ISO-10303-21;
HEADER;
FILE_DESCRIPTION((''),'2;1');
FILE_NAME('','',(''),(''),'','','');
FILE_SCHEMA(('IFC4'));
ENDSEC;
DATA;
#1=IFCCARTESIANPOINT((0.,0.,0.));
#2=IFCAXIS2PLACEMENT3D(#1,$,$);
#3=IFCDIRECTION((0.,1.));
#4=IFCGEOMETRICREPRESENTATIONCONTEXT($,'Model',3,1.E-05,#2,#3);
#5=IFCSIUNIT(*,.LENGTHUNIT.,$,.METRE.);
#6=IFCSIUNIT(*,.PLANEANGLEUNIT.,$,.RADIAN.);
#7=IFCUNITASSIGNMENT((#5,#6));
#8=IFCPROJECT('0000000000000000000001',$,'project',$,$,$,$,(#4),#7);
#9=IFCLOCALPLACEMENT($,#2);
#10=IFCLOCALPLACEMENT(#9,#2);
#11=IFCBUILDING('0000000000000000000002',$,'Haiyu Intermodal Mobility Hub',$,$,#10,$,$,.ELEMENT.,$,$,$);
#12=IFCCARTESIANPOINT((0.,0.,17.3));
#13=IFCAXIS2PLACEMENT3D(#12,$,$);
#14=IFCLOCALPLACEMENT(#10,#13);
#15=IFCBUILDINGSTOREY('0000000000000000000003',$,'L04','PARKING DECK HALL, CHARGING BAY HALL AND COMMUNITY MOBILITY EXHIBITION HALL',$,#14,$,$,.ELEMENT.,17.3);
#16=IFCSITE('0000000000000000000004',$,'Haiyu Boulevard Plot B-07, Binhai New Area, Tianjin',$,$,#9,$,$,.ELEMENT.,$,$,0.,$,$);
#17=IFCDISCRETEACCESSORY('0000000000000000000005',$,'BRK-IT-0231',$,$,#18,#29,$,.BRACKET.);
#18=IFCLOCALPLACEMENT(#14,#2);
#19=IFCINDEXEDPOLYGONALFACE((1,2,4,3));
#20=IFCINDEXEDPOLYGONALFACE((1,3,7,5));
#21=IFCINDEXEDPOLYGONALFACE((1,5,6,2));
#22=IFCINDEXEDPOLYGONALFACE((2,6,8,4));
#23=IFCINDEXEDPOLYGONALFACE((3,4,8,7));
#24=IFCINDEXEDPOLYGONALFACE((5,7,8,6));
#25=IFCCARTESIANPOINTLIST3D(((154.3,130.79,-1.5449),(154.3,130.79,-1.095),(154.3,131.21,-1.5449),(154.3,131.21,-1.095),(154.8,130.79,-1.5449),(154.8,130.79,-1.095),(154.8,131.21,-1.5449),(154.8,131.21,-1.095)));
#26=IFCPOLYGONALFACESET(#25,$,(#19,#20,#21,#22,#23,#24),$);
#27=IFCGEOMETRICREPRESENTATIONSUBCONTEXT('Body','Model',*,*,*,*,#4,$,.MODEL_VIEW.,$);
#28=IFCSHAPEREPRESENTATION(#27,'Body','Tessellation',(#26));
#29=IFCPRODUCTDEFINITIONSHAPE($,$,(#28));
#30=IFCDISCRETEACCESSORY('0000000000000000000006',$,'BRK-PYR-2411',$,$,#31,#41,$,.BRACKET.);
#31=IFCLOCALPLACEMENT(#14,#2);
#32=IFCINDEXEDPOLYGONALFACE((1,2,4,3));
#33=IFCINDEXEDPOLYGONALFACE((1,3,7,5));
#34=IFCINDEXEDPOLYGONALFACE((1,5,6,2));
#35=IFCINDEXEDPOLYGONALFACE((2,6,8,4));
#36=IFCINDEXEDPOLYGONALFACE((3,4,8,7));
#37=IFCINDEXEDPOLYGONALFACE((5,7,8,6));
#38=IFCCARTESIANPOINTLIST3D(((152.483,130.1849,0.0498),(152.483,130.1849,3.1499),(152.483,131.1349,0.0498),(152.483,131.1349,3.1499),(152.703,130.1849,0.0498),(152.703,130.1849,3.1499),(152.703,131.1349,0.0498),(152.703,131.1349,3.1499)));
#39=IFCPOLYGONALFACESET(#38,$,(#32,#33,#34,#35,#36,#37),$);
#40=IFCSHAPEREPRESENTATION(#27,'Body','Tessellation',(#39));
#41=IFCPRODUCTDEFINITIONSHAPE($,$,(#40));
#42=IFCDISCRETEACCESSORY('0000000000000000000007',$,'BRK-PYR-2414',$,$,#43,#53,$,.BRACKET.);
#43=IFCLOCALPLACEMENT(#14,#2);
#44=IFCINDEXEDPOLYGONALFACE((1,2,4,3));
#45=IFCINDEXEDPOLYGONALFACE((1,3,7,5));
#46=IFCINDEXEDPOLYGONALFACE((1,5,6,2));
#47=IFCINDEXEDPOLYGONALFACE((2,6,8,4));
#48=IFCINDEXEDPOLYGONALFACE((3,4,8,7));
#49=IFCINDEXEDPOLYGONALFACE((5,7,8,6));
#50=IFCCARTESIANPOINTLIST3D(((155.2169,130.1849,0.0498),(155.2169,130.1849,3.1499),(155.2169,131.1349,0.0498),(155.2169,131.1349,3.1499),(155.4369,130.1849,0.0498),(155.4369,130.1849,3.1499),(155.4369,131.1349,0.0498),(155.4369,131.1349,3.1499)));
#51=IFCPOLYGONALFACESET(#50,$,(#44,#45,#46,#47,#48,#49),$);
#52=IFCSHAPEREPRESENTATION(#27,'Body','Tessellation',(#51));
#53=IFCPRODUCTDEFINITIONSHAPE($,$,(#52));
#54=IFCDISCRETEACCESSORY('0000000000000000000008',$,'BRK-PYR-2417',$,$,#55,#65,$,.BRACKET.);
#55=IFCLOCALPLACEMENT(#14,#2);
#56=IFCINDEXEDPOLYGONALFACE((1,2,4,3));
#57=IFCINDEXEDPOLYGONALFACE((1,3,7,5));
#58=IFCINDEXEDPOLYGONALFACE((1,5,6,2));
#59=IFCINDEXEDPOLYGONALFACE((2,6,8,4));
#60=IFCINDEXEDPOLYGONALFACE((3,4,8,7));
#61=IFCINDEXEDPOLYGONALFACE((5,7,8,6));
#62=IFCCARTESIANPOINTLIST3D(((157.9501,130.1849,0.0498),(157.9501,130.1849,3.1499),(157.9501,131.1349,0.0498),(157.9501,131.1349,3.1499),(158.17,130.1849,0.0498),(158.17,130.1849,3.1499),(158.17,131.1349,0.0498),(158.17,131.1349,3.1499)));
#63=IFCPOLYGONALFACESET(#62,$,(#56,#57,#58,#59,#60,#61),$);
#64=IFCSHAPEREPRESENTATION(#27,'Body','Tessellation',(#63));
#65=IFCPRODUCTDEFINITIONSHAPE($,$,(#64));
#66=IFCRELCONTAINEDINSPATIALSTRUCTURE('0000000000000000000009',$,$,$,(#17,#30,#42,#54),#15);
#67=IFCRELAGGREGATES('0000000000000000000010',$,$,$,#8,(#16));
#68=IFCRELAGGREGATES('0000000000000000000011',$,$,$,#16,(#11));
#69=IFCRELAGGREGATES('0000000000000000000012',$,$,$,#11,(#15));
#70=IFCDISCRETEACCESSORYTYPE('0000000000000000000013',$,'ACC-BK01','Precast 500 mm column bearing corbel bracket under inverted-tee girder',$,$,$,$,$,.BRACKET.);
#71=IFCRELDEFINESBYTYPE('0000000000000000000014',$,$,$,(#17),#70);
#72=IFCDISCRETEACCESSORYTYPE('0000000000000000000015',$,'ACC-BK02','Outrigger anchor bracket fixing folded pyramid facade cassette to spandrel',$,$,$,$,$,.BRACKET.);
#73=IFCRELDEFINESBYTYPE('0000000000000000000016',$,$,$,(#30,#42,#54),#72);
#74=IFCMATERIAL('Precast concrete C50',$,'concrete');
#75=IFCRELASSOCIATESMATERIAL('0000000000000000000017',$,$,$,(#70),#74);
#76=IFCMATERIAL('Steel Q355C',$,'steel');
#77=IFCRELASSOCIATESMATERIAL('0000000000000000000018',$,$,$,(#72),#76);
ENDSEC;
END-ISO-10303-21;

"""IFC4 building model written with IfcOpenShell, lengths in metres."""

from ifc_helpers import new_model, si_unit, direction, frame, origin, origin_2d, place, context, subcontext, project, spatial, rectangle, extrude, material, type_object, element, save


model = new_model("IFC4")

# Units and contexts
model_context = context("Model", 3, precision=1e-05, world=origin(), true_north=direction((0.0, 1.0)))
body_context = subcontext(model_context, "Body", "Model", "MODEL_VIEW")
ifc_project = project(units=[si_unit("LENGTHUNIT", "METRE"), si_unit("PLANEANGLEUNIT", "RADIAN")], contexts=[model_context])

# Site, building, storey
site_placement = place(None, origin())
site = spatial("IfcSite", under=ifc_project, at=site_placement, Name="Haiyu Boulevard Plot B-07, Binhai New Area, Tianjin", CompositionType="ELEMENT", RefElevation=0.0)
building_placement = place(site_placement, origin())
building = spatial("IfcBuilding", under=site, at=building_placement, Name="Haiyu Intermodal Mobility Hub", CompositionType="ELEMENT")
storey_placement = place(building_placement, frame((0.0, 0.0, 17.3)))
storey = spatial("IfcBuildingStorey", under=building, at=storey_placement, Name="L04", Description="PARKING DECK HALL, CHARGING BAY HALL AND COMMUNITY MOBILITY EXHIBITION HALL", CompositionType="ELEMENT", Elevation=17.3)

# Shared definitions
ifc_material_1 = material(Name="Steel Q355C", Category="steel")

# Shared definitions
ifc_material_2 = material(Name="Precast concrete C50", Category="concrete")

# Discrete accessories
discrete_accessory_type_1 = type_object("IfcDiscreteAccessoryType", Name="ACC-BK01", Description="Precast 500 mm column bearing corbel bracket under inverted-tee girder", PredefinedType="BRACKET", material=ifc_material_2)
for number, where, z_axis, x_axis, name in (
    (1, (154.55, 131.0, -1.5449), (0.0, 0.0, 1.0), (1.0, 0.0, 0.0), "BRK-IT-0231"),
):
    element("IfcDiscreteAccessory", number, at=place(storey_placement, frame(where, z_axis=z_axis, x_axis=x_axis)), inside=storey, type_object=discrete_accessory_type_1, Name=name, PredefinedType="BRACKET", context=body_context, shape_type="SweptSolid", body=[
        extrude(rectangle(XDim=0.5, YDim=0.4199, at=origin_2d()), origin(), (0.0, 0.0, 1.0), 0.45),
    ])
discrete_accessory_type_2 = type_object("IfcDiscreteAccessoryType", Name="ACC-BK02", Description="Outrigger anchor bracket fixing folded pyramid facade cassette to spandrel", PredefinedType="BRACKET", material=ifc_material_1)
for number, where, z_axis, x_axis, name in (
    (2, (152.593, 130.6599, 0.0498), (0.0, 0.0, 1.0), (1.0, 0.0, 0.0), "BRK-PYR-2411"),
    (3, (155.3269, 130.6599, 0.0498), (0.0, 0.0, 1.0), (1.0, 0.0, 0.0), "BRK-PYR-2414"),
    (4, (158.0601, 130.6599, 0.0498), (0.0, 0.0, 1.0), (1.0, 0.0, 0.0), "BRK-PYR-2417"),
):
    element("IfcDiscreteAccessory", number, at=place(storey_placement, frame(where, z_axis=z_axis, x_axis=x_axis)), inside=storey, type_object=discrete_accessory_type_2, Name=name, PredefinedType="BRACKET", context=body_context, shape_type="SweptSolid", body=[
        extrude(rectangle(XDim=0.22, YDim=0.95, at=origin_2d()), origin(), (0.0, 0.0, 1.0), 3.1001),
    ])

save(model, "model.ifc")
